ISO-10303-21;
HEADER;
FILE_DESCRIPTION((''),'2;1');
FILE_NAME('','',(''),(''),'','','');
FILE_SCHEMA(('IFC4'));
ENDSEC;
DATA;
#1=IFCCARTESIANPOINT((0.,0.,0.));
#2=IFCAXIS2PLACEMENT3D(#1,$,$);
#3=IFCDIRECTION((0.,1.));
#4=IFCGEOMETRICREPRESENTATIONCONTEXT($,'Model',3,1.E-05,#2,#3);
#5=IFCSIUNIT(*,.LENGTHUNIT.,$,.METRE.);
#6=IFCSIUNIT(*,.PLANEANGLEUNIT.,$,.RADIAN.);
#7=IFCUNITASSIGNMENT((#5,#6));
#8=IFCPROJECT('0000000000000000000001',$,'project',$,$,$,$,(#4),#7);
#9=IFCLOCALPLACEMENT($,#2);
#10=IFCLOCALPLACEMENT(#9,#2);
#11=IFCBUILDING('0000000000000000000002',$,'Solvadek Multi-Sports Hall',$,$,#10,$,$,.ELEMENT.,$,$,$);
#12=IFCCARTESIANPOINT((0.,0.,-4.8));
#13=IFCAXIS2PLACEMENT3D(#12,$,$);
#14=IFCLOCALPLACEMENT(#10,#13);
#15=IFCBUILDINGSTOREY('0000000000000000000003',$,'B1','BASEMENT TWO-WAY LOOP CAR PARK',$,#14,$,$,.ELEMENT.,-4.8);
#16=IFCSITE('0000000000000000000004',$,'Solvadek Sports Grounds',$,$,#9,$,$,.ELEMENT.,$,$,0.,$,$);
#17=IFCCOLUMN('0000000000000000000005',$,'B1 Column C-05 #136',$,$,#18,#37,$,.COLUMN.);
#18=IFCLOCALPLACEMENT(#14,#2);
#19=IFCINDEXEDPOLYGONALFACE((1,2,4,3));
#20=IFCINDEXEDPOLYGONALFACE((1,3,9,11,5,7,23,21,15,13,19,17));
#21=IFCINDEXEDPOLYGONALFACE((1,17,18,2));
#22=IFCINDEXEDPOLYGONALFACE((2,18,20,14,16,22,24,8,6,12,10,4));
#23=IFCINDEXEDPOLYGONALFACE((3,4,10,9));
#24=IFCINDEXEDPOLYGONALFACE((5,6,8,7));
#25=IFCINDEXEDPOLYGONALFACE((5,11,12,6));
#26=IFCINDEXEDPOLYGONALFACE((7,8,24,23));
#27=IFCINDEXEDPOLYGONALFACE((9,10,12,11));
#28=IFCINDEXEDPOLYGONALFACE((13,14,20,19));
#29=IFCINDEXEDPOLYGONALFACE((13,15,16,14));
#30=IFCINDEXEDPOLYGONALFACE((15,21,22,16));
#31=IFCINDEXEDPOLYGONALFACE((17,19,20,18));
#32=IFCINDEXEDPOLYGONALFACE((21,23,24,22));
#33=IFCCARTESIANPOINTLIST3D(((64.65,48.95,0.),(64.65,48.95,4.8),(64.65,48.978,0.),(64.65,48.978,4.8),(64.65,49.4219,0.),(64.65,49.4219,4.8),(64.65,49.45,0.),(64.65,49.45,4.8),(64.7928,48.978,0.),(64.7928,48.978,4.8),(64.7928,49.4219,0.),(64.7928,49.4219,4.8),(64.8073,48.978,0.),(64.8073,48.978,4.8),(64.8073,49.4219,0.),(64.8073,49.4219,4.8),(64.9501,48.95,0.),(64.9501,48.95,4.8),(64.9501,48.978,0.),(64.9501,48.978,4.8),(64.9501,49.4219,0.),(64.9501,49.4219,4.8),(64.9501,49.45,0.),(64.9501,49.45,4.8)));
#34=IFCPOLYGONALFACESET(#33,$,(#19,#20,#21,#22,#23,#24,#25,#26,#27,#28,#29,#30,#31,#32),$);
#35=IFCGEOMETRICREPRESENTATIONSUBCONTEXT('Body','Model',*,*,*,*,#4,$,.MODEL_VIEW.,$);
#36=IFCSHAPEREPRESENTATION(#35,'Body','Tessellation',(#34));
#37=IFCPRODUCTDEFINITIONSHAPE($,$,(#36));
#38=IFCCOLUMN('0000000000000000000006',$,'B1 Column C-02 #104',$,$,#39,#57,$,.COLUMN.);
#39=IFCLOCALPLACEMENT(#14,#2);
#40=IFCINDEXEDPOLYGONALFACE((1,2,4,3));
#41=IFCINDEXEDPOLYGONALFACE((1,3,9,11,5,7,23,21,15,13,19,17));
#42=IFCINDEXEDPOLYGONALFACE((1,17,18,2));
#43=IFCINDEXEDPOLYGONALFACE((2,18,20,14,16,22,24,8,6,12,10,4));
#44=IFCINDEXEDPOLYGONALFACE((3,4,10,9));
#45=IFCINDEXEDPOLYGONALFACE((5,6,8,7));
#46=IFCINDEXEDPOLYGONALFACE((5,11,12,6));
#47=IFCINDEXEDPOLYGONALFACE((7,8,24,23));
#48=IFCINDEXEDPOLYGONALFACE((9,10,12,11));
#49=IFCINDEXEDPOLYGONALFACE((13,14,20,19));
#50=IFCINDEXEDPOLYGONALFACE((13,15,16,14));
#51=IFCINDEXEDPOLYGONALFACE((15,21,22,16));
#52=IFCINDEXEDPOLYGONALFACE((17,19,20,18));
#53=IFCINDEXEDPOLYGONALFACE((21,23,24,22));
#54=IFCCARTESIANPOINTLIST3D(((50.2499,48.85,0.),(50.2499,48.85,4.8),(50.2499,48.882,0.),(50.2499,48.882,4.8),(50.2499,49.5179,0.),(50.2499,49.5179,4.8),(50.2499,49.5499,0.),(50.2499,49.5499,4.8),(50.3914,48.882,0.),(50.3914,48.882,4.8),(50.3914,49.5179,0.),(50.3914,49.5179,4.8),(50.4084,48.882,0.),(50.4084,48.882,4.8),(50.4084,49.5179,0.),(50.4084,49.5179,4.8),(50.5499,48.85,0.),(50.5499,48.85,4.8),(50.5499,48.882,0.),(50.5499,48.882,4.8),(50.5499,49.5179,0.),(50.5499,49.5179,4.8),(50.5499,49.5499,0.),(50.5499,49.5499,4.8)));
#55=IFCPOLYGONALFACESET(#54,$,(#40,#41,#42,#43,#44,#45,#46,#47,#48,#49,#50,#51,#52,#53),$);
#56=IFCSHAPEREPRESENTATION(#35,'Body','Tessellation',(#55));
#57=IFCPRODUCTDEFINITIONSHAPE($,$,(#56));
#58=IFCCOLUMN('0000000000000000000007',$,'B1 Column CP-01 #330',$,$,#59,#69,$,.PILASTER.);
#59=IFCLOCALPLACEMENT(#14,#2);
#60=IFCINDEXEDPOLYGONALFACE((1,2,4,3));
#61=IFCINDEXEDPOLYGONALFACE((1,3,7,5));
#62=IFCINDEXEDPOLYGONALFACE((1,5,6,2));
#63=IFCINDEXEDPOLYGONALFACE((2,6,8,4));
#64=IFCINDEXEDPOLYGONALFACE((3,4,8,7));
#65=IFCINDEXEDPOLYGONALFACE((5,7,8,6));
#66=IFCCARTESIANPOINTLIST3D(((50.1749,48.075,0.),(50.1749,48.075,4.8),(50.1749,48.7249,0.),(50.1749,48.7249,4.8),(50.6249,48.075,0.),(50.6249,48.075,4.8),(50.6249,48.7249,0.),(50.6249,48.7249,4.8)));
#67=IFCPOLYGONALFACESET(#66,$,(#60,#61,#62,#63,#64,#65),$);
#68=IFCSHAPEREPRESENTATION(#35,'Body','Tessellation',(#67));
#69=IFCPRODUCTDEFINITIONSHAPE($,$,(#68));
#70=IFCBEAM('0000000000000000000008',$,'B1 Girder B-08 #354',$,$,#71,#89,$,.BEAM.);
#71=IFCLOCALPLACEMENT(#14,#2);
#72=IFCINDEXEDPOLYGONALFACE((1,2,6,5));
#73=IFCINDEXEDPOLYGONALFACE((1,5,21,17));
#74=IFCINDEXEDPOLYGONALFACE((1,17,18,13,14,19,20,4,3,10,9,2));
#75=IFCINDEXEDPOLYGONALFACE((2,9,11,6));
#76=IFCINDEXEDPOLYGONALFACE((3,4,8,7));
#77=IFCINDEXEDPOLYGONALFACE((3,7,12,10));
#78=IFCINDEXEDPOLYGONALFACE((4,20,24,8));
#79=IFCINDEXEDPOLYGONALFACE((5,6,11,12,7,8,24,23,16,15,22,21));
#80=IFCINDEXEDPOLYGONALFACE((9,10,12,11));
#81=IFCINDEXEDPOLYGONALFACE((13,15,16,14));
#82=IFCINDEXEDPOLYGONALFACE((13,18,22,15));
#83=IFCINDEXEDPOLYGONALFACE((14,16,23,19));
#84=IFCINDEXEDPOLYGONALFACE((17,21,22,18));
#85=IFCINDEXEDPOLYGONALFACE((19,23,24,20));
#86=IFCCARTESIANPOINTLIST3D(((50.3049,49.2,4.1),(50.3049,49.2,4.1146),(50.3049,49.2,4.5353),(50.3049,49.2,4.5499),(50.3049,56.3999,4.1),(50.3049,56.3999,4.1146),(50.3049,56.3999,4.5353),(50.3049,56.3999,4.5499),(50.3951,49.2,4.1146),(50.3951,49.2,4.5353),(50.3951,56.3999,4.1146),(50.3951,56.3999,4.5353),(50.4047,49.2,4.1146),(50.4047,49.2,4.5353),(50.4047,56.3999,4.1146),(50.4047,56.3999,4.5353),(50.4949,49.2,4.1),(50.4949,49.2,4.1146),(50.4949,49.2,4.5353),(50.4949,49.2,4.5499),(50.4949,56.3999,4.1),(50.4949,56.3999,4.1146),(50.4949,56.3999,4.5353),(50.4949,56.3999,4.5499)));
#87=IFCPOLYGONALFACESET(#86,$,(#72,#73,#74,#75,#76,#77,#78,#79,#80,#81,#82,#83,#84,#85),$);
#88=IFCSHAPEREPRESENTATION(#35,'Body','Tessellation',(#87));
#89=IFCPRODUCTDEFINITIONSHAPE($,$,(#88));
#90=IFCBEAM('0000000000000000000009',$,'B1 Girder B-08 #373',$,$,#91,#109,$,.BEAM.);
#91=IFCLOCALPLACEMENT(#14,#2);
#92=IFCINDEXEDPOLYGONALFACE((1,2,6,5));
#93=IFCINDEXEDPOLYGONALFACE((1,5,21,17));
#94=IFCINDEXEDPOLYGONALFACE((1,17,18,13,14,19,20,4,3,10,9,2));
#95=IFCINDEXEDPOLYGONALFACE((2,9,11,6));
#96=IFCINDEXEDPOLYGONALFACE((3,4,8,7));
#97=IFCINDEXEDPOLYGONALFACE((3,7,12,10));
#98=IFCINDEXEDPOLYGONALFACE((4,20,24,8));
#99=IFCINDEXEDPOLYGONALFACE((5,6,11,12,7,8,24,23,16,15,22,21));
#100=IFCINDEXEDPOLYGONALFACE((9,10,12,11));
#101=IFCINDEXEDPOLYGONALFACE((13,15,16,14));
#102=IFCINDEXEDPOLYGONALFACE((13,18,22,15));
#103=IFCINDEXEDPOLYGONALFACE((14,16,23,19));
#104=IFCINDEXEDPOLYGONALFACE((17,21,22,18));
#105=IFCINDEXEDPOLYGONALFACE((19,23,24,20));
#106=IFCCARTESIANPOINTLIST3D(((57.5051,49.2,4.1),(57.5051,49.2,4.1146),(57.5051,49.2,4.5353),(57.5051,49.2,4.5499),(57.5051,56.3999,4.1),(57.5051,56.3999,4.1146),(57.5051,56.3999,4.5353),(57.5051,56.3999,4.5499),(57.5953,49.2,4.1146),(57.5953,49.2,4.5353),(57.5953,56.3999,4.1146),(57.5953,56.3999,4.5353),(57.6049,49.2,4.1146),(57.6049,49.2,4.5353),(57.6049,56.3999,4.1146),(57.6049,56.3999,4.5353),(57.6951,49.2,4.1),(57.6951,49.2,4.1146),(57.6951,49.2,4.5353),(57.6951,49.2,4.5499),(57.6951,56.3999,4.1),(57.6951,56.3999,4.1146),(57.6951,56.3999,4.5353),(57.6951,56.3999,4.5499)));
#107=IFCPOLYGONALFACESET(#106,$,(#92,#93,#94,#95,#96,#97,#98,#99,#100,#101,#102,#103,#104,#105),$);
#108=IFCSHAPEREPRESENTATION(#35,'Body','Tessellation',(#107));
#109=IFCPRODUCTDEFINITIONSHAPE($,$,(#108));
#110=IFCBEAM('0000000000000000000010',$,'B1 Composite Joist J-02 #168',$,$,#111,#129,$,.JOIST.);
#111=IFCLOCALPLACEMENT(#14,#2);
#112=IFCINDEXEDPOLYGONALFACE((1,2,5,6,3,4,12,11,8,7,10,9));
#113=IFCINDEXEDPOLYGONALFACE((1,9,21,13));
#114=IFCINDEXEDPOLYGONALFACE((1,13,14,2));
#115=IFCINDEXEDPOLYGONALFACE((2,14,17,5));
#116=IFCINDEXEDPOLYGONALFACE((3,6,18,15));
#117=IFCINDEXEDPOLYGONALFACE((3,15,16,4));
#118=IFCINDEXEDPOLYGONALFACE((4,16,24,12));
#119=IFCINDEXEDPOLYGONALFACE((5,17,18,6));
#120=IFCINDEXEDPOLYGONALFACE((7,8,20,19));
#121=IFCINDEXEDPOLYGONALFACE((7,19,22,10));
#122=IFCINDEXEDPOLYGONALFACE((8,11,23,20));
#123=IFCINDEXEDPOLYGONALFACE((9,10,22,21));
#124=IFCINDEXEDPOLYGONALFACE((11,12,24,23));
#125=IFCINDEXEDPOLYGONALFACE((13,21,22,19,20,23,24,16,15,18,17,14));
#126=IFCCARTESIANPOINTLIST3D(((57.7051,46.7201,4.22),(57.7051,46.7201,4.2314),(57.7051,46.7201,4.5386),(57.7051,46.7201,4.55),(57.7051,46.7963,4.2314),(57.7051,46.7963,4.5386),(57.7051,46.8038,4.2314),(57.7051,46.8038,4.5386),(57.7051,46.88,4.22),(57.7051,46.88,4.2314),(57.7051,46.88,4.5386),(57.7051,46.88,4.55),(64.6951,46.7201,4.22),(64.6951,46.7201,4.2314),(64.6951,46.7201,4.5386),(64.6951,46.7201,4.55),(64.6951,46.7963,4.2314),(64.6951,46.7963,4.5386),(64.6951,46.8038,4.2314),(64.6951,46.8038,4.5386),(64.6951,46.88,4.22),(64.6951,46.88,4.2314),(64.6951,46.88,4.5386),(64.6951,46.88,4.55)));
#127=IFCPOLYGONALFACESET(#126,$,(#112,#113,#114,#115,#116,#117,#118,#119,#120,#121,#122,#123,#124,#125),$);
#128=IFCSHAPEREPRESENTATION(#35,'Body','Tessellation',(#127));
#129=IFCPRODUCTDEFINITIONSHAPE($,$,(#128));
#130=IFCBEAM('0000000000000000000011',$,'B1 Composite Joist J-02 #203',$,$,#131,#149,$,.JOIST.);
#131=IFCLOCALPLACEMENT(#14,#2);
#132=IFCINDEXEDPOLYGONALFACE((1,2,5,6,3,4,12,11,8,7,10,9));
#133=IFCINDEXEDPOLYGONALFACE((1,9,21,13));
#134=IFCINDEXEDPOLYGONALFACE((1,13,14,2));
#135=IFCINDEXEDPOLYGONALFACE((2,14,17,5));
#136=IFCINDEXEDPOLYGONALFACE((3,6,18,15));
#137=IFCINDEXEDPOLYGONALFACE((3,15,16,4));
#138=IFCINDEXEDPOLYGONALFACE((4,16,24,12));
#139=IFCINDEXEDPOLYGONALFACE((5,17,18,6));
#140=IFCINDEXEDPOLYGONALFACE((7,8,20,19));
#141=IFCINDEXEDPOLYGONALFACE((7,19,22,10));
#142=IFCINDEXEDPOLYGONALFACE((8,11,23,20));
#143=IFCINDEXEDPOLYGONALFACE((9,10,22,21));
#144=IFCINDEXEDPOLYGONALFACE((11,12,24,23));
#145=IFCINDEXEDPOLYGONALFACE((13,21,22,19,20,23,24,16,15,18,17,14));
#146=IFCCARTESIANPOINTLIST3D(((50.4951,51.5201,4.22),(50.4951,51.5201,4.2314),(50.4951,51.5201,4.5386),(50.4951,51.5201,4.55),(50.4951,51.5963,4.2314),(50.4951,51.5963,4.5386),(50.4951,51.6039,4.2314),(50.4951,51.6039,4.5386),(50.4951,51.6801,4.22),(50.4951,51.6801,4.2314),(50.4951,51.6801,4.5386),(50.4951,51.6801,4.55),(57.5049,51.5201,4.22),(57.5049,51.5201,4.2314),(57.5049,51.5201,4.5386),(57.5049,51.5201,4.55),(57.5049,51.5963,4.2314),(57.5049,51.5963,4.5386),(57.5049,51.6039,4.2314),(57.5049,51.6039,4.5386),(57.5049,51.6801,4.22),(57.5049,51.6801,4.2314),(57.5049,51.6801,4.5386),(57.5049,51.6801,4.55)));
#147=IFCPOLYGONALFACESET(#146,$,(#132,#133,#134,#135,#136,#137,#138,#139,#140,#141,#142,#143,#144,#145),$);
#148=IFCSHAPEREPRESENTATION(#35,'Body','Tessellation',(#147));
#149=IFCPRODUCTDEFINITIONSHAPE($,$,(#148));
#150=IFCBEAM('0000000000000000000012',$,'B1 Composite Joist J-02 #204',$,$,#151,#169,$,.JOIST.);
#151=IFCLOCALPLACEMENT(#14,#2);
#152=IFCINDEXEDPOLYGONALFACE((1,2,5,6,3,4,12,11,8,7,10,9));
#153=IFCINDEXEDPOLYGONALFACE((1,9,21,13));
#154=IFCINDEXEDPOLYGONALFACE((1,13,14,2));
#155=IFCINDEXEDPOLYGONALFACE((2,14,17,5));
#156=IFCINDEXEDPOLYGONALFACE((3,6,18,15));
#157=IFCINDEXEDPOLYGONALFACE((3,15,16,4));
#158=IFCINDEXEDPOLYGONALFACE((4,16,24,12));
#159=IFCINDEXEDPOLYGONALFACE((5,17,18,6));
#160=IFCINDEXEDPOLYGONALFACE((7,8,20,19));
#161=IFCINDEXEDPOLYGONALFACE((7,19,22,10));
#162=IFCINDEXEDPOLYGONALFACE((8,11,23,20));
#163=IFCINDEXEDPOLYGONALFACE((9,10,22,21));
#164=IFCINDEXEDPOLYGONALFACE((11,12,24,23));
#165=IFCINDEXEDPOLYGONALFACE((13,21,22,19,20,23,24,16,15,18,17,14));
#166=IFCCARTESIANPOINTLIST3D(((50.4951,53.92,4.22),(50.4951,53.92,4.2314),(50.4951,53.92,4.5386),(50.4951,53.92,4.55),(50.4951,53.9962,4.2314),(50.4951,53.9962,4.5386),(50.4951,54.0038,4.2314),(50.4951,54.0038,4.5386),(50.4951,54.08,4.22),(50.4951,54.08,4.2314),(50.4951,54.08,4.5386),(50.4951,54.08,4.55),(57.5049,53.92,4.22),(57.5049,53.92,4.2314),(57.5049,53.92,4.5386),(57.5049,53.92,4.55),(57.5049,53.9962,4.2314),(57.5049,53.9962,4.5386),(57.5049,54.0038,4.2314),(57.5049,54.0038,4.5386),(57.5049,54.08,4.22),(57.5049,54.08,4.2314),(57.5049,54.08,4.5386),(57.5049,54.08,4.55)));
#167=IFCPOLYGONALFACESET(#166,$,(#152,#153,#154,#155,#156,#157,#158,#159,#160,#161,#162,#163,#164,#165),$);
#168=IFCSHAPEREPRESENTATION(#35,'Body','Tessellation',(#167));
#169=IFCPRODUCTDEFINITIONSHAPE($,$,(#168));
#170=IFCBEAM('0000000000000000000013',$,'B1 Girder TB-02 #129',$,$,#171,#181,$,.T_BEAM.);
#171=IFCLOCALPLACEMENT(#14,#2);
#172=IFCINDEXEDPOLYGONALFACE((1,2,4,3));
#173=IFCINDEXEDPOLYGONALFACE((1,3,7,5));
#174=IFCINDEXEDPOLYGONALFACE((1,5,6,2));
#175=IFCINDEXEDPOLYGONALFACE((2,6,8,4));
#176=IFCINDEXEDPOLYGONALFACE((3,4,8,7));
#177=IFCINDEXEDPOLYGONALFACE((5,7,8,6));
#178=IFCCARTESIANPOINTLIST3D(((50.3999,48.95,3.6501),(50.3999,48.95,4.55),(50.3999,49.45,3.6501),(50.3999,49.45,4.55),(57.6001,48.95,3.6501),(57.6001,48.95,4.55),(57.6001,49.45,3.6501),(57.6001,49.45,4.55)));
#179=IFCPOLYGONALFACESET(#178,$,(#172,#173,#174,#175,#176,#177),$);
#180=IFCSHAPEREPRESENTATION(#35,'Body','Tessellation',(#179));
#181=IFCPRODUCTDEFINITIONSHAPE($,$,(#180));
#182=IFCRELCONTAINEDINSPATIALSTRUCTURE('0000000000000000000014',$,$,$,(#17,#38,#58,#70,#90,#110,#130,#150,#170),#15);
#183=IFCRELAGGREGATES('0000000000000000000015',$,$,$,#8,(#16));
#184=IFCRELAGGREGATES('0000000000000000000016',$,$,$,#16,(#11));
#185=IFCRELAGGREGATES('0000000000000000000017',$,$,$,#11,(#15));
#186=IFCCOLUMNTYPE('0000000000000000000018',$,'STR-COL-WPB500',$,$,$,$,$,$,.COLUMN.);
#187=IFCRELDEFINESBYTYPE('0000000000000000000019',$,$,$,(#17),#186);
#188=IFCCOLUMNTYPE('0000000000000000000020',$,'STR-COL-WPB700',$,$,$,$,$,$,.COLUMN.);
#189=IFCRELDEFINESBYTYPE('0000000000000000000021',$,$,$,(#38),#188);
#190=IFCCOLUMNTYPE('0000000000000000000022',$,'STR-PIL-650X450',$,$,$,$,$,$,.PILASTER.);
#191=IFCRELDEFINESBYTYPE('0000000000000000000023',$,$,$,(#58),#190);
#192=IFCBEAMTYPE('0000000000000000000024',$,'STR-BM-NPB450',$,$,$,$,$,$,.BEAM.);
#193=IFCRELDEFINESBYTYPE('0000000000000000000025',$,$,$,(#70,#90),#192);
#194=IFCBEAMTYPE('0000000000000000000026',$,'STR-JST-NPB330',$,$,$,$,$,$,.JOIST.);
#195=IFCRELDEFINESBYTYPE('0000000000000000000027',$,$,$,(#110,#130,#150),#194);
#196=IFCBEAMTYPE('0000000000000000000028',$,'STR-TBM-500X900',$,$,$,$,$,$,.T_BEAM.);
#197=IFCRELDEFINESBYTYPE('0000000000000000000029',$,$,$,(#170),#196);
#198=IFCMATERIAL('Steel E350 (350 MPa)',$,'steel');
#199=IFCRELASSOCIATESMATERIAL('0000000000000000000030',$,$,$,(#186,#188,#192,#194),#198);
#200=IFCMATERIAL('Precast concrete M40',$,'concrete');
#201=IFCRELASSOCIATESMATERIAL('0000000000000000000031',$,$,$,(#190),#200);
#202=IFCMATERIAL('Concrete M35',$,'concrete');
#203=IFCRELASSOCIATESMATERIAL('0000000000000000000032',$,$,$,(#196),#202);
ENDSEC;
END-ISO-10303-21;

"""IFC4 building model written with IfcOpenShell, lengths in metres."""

from ifc_helpers import new_model, si_unit, direction, frame, origin, origin_2d, place, context, subcontext, project, spatial, rectangle, i_section, extrude, material, material_profile, profile_set, type_object, element, save


model = new_model("IFC4")

# Units and contexts
model_context = context("Model", 3, precision=1e-05, world=origin(), true_north=direction((0.0, 1.0)))
body_context = subcontext(model_context, "Body", "Model", "MODEL_VIEW")
ifc_project = project(units=[si_unit("LENGTHUNIT", "METRE"), si_unit("PLANEANGLEUNIT", "RADIAN")], contexts=[model_context])

# Site, building, storey
site_placement = place(None, origin())
site = spatial("IfcSite", under=ifc_project, at=site_placement, Name="Solvadek Sports Grounds", CompositionType="ELEMENT", RefElevation=0.0)
building_placement = place(site_placement, origin())
building = spatial("IfcBuilding", under=site, at=building_placement, Name="Solvadek Multi-Sports Hall", CompositionType="ELEMENT")
storey_placement = place(building_placement, frame((0.0, 0.0, -4.8)))
storey = spatial("IfcBuildingStorey", under=building, at=storey_placement, Name="B1", Description="BASEMENT TWO-WAY LOOP CAR PARK", CompositionType="ELEMENT", Elevation=-4.8)

# Shared definitions
ifc_material_1 = material(Name="Concrete M35", Category="concrete")

# Columns
ifc_material_2 = material(Name="Steel E350 (350 MPa)", Category="steel")
ifc_material_profile_1 = material_profile(ifc_material_2, i_section(OverallWidth=0.3, OverallDepth=0.5, WebThickness=0.0144, FlangeThickness=0.0281, at=origin_2d()), Name="WPB 500")
ifc_profile_set_1 = profile_set([ifc_material_profile_1], Name="Steel E350 (350 MPa)")
column_type_1 = type_object("IfcColumnType", Name="STR-COL-WPB500", PredefinedType="COLUMN", material=ifc_profile_set_1)
for number, where, z_axis, x_axis, name in (
    (1, (64.8, 49.2, 0.0), (0.0, 0.0, 1.0), (1.0, 0.0, 0.0), "B1 Column C-05 #136"),
):
    element("IfcColumn", number, at=place(storey_placement, frame(where, z_axis=z_axis, x_axis=x_axis)), inside=storey, type_object=column_type_1, Name=name, PredefinedType="COLUMN", context=body_context, shape_type="SweptSolid", body=[
        extrude(i_section(OverallWidth=0.3, OverallDepth=0.5, WebThickness=0.0144, FlangeThickness=0.0281, at=origin_2d()), origin(), (0.0, 0.0, 1.0), 4.8),
    ])
ifc_material_profile_2 = material_profile(ifc_material_2, i_section(OverallWidth=0.3, OverallDepth=0.7, WebThickness=0.0171, FlangeThickness=0.032, at=origin_2d()), Name="WPB 700")
ifc_profile_set_2 = profile_set([ifc_material_profile_2], Name="Steel E350 (350 MPa)")
column_type_2 = type_object("IfcColumnType", Name="STR-COL-WPB700", PredefinedType="COLUMN", material=ifc_profile_set_2)
column_1_placement = place(storey_placement, frame((50.3999, 49.2, 0.0), z_axis=(0.0, 0.0, 1.0), x_axis=(1.0, 0.0, 0.0)))
element("IfcColumn", 2, at=column_1_placement, inside=storey, type_object=column_type_2, Name="B1 Column C-02 #104", PredefinedType="COLUMN", context=body_context, shape_type="SweptSolid", body=[
    extrude(i_section(OverallWidth=0.3, OverallDepth=0.7, WebThickness=0.0171, FlangeThickness=0.032, at=origin_2d()), origin(), (0.0, 0.0, 1.0), 4.8),
])
ifc_material_3 = material(Name="Precast concrete M40", Category="concrete")
ifc_material_profile_3 = material_profile(ifc_material_3, rectangle(XDim=0.45, YDim=0.6499, at=origin_2d()), Name="RC PILASTER 650x450")
ifc_profile_set_3 = profile_set([ifc_material_profile_3], Name="Precast concrete M40")
column_type_3 = type_object("IfcColumnType", Name="STR-PIL-650X450", PredefinedType="PILASTER", material=ifc_profile_set_3)
column_2_placement = place(storey_placement, frame((50.3999, 48.3999, 0.0), z_axis=(0.0, 0.0, 1.0), x_axis=(1.0, 0.0, 0.0)))
element("IfcColumn", 3, at=column_2_placement, inside=storey, type_object=column_type_3, Name="B1 Column CP-01 #330", PredefinedType="PILASTER", context=body_context, shape_type="SweptSolid", body=[
    extrude(rectangle(XDim=0.45, YDim=0.6499, at=origin_2d()), origin(), (0.0, 0.0, 1.0), 4.8),
])

# Beams
ifc_material_profile_4 = material_profile(ifc_material_2, i_section(OverallWidth=0.1899, OverallDepth=0.45, WebThickness=0.0095, FlangeThickness=0.0146, at=origin_2d()), Name="NPB 450")
ifc_profile_set_4 = profile_set([ifc_material_profile_4], Name="Steel E350 (350 MPa)")
beam_type_1 = type_object("IfcBeamType", Name="STR-BM-NPB450", PredefinedType="BEAM", material=ifc_profile_set_4)
for number, where, z_axis, x_axis, name in (
    (4, (50.3999, 49.2, 4.325), (0.0, 1.0, 0.0), (-1.0, 0.0, 0.0), "B1 Girder B-08 #354"),
    (5, (57.6001, 49.2, 4.325), (0.0, 1.0, 0.0), (-1.0, 0.0, 0.0), "B1 Girder B-08 #373"),
):
    element("IfcBeam", number, at=place(storey_placement, frame(where, z_axis=z_axis, x_axis=x_axis)), inside=storey, type_object=beam_type_1, Name=name, PredefinedType="BEAM", context=body_context, shape_type="SweptSolid", body=[
        extrude(i_section(OverallWidth=0.1899, OverallDepth=0.45, WebThickness=0.0095, FlangeThickness=0.0146, at=origin_2d()), origin(), (0.0, 0.0, 1.0), 7.2),
    ])
ifc_material_profile_5 = material_profile(ifc_material_2, i_section(OverallWidth=0.1599, OverallDepth=0.3301, WebThickness=0.0076, FlangeThickness=0.0115, at=origin_2d()), Name="NPB 330")
ifc_profile_set_5 = profile_set([ifc_material_profile_5], Name="Steel E350 (350 MPa)")
beam_type_2 = type_object("IfcBeamType", Name="STR-JST-NPB330", PredefinedType="JOIST", material=ifc_profile_set_5)
beam_1_placement = place(storey_placement, frame((57.7051, 46.8, 4.385), z_axis=(1.0, 0.0, 0.0), x_axis=(0.0, 1.0, 0.0)))
element("IfcBeam", 6, at=beam_1_placement, inside=storey, type_object=beam_type_2, Name="B1 Composite Joist J-02 #168", PredefinedType="JOIST", context=body_context, shape_type="SweptSolid", body=[
    extrude(i_section(OverallWidth=0.1599, OverallDepth=0.3301, WebThickness=0.0076, FlangeThickness=0.0115, at=origin_2d()), origin(), (0.0, 0.0, 1.0), 6.99),
])
for number, where, z_axis, x_axis, name in (
    (7, (50.4951, 51.6001, 4.385), (1.0, 0.0, 0.0), (0.0, 1.0, 0.0), "B1 Composite Joist J-02 #203"),
    (8, (50.4951, 54.0, 4.385), (1.0, 0.0, 0.0), (0.0, 1.0, 0.0), "B1 Composite Joist J-02 #204"),
):
    element("IfcBeam", number, at=place(storey_placement, frame(where, z_axis=z_axis, x_axis=x_axis)), inside=storey, type_object=beam_type_2, Name=name, PredefinedType="JOIST", context=body_context, shape_type="SweptSolid", body=[
        extrude(i_section(OverallWidth=0.1599, OverallDepth=0.3301, WebThickness=0.0076, FlangeThickness=0.0115, at=origin_2d()), origin(), (0.0, 0.0, 1.0), 7.0098),
    ])
ifc_material_profile_6 = material_profile(ifc_material_1, rectangle(XDim=0.5, YDim=0.8999, at=origin_2d()), Name="RC T-BEAM 500x900")
ifc_profile_set_6 = profile_set([ifc_material_profile_6], Name="Concrete M35")
beam_type_3 = type_object("IfcBeamType", Name="STR-TBM-500X900", PredefinedType="T_BEAM", material=ifc_profile_set_6)
beam_2_placement = place(storey_placement, frame((50.3999, 49.2, 4.1001), z_axis=(1.0, 0.0, 0.0), x_axis=(0.0, 1.0, 0.0)))
element("IfcBeam", 9, at=beam_2_placement, inside=storey, type_object=beam_type_3, Name="B1 Girder TB-02 #129", PredefinedType="T_BEAM", context=body_context, shape_type="SweptSolid", body=[
    extrude(rectangle(XDim=0.5, YDim=0.8999, at=origin_2d()), origin(), (0.0, 0.0, 1.0), 7.2002),
])

save(model, "model.ifc")
